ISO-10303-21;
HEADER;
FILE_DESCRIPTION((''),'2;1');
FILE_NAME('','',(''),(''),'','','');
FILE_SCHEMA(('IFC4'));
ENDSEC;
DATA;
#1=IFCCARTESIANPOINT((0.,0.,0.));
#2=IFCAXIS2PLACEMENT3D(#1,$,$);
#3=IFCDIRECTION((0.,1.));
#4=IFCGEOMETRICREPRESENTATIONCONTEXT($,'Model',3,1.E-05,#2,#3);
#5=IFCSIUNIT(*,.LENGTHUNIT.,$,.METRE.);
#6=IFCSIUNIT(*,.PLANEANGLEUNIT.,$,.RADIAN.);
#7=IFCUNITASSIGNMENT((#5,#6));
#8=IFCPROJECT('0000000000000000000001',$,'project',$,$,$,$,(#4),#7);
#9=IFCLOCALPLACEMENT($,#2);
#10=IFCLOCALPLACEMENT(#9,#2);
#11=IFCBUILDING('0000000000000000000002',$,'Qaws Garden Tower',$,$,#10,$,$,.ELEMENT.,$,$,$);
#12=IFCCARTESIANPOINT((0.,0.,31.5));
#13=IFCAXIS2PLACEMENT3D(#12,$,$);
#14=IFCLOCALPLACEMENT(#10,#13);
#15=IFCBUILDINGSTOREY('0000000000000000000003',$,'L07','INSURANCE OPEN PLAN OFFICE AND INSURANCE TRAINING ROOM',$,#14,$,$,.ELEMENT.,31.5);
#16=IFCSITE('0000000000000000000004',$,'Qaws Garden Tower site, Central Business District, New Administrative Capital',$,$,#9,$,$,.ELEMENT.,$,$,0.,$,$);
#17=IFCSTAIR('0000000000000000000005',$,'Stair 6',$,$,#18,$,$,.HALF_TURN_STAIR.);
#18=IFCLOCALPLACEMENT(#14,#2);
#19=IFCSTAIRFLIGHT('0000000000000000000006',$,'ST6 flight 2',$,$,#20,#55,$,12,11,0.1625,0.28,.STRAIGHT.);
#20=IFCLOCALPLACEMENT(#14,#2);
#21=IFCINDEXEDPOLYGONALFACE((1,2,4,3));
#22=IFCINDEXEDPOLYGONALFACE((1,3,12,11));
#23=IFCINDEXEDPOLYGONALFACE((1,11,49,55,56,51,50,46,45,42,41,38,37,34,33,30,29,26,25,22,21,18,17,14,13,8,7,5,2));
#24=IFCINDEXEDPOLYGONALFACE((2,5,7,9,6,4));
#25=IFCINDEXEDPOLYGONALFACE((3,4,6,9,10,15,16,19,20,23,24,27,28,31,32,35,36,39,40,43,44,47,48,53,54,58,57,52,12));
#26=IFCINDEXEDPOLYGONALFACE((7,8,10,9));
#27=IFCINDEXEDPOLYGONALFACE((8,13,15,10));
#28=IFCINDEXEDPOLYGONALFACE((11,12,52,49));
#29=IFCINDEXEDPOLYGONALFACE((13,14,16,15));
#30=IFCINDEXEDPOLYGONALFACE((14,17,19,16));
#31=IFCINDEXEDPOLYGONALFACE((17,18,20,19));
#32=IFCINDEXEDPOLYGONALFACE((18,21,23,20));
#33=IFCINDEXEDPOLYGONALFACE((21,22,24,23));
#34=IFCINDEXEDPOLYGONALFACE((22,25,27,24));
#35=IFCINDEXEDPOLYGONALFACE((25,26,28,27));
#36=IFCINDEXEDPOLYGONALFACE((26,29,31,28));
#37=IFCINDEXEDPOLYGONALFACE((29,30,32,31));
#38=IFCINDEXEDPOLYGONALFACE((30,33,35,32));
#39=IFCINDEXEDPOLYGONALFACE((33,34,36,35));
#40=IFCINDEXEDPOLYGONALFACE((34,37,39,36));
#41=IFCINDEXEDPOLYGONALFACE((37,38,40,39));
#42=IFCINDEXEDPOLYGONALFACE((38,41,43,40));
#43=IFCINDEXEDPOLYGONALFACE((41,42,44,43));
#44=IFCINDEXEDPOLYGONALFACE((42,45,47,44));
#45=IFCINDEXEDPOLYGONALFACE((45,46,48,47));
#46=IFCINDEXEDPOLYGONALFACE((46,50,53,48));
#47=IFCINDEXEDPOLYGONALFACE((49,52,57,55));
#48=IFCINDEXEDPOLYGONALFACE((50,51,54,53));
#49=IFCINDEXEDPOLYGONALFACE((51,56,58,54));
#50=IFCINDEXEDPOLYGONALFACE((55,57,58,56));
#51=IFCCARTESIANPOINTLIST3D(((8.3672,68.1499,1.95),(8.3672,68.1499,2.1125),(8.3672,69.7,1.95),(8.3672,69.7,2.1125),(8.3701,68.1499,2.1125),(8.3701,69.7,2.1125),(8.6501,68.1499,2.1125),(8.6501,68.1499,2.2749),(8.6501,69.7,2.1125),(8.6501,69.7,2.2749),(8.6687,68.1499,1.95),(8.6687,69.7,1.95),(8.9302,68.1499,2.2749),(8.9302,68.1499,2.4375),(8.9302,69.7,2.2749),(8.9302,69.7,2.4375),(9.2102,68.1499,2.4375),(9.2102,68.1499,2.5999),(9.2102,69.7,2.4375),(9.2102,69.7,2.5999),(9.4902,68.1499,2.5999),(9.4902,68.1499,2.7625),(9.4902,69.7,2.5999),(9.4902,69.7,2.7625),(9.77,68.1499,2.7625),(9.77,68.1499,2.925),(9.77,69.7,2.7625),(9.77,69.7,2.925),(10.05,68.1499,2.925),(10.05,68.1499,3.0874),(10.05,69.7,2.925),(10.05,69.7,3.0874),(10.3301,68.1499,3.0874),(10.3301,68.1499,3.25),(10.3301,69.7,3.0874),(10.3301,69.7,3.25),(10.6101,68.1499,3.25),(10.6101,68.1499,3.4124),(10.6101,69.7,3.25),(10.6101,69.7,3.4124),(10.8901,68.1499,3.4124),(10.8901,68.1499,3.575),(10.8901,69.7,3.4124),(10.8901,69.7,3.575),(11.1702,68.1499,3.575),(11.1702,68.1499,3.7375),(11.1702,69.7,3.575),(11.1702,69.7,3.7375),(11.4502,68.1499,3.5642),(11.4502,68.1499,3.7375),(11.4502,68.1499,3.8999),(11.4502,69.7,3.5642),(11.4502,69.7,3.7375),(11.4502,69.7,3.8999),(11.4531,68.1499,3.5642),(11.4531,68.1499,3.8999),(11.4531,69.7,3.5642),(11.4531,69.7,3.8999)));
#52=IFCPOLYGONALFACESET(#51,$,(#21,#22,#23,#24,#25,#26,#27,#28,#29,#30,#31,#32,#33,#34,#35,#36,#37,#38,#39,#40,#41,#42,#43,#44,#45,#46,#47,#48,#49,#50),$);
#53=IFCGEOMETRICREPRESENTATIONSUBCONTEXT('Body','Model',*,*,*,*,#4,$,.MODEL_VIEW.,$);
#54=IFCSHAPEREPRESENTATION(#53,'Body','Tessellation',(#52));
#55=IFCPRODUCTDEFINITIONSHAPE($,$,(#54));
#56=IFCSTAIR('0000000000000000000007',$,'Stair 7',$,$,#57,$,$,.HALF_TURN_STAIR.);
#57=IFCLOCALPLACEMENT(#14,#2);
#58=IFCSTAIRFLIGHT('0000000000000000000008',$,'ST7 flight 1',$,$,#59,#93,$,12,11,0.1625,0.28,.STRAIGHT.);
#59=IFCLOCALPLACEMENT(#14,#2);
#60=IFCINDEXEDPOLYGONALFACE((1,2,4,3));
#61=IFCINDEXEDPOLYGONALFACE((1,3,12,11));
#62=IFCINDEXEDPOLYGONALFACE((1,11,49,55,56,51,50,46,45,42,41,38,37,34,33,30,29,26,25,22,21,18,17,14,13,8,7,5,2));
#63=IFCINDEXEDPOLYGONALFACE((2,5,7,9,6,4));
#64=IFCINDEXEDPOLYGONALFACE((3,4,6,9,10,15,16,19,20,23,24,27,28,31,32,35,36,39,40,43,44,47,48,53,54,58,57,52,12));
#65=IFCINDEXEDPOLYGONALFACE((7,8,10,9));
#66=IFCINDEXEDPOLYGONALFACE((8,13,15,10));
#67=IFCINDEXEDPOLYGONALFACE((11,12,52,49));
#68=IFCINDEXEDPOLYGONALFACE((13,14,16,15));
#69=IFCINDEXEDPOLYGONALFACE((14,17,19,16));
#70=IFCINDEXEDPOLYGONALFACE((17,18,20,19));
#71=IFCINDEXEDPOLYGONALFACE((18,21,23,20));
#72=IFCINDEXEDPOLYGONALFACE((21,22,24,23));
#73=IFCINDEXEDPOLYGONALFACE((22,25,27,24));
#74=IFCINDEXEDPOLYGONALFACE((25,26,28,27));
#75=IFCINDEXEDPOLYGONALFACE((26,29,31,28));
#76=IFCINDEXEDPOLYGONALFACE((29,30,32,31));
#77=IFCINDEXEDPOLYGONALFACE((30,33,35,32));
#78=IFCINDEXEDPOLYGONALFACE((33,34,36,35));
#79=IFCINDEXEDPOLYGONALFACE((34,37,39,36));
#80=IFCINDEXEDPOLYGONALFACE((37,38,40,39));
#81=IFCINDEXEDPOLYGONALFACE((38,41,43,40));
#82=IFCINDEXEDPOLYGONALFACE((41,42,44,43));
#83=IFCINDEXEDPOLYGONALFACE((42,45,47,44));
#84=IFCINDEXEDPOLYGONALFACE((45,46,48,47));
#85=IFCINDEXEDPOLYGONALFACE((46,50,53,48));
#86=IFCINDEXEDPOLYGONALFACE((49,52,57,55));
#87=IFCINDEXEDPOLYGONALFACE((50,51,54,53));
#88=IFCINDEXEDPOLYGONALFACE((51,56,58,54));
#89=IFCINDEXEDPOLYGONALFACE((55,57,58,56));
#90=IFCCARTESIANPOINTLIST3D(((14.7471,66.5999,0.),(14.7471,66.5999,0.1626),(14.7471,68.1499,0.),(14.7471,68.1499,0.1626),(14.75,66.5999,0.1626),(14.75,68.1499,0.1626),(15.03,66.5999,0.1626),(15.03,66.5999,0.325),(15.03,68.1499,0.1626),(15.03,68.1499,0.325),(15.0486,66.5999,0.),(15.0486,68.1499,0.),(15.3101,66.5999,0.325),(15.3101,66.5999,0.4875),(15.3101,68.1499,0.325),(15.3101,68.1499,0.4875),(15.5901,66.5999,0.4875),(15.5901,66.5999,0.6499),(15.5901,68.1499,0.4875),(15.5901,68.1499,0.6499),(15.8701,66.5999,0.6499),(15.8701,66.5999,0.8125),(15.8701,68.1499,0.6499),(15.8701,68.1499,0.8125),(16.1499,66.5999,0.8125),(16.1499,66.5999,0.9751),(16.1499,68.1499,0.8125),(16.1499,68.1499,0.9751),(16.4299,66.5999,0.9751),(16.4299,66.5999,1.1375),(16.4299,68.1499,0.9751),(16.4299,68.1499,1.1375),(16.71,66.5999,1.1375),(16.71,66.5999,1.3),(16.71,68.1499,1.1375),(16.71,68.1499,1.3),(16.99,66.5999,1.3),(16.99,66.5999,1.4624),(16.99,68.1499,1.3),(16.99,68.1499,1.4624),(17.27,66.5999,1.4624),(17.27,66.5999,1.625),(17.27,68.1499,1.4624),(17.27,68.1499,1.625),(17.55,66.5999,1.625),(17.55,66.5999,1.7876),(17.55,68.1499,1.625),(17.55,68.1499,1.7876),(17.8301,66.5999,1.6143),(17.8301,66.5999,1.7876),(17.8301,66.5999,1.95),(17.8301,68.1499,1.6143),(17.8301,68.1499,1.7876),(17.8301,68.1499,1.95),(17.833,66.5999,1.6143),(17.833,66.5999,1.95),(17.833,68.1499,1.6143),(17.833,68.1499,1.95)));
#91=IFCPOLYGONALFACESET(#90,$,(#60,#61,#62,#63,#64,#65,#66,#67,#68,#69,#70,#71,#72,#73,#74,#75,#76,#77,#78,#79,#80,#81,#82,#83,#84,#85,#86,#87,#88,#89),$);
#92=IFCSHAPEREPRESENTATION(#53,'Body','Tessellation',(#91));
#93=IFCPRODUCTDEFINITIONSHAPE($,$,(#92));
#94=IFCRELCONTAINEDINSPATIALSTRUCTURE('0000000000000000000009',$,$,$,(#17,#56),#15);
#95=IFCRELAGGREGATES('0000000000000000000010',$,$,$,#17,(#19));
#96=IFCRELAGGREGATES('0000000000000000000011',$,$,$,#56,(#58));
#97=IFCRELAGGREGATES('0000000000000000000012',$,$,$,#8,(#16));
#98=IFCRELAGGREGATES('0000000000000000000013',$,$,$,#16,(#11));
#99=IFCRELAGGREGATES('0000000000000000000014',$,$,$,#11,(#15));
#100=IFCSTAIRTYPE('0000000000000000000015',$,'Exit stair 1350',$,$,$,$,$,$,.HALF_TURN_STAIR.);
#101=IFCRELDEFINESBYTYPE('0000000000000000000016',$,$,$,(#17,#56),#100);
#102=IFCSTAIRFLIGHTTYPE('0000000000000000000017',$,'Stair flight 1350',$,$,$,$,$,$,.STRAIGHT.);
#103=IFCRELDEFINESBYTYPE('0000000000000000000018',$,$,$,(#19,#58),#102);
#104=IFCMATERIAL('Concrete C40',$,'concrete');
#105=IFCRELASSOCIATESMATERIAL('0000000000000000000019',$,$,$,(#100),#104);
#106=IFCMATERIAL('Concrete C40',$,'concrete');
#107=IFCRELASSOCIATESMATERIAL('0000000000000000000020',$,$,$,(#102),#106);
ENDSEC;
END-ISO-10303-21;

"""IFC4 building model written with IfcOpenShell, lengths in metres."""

from ifc_helpers import new_model, si_unit, direction, frame, origin, place, context, subcontext, project, spatial, polyline, outline, extrude, material, type_object, element, aggregate, save


model = new_model("IFC4")

# Units and contexts
model_context = context("Model", 3, precision=1e-05, world=origin(), true_north=direction((0.0, 1.0)))
body_context = subcontext(model_context, "Body", "Model", "MODEL_VIEW")
ifc_project = project(units=[si_unit("LENGTHUNIT", "METRE"), si_unit("PLANEANGLEUNIT", "RADIAN")], contexts=[model_context])

# Site, building, storey
site_placement = place(None, origin())
site = spatial("IfcSite", under=ifc_project, at=site_placement, Name="Qaws Garden Tower site, Central Business District, New Administrative Capital", CompositionType="ELEMENT", RefElevation=0.0)
building_placement = place(site_placement, origin())
building = spatial("IfcBuilding", under=site, at=building_placement, Name="Qaws Garden Tower", CompositionType="ELEMENT")
storey_placement = place(building_placement, frame((0.0, 0.0, 31.5)))
storey = spatial("IfcBuildingStorey", under=building, at=storey_placement, Name="L07", Description="INSURANCE OPEN PLAN OFFICE AND INSURANCE TRAINING ROOM", CompositionType="ELEMENT", Elevation=31.5)

# Stair, stair flight
ifc_material_1 = material(Name="Concrete C40", Category="concrete")
stair_type = type_object("IfcStairType", Name="Exit stair 1350", PredefinedType="HALF_TURN_STAIR", material=ifc_material_1)
placement = place(storey_placement, origin())
stair_1 = element("IfcStair", 1, at=placement, inside=storey, type_object=stair_type, Name="Stair 6", PredefinedType="HALF_TURN_STAIR")
ifc_material_2 = material(Name="Concrete C40", Category="concrete")
stair_flight_type = type_object("IfcStairFlightType", Name="Stair flight 1350", PredefinedType="STRAIGHT", material=ifc_material_2)
stair_flight_1_placement = place(storey_placement, frame((8.3701, 68.925, 1.95), z_axis=(0.0, 0.0, 1.0), x_axis=(1.0, 0.0, 0.0)))
stair_flight_1 = element("IfcStairFlight", 2, at=stair_flight_1_placement, type_object=stair_flight_type, Name="ST6 flight 2", NumberOfRisers=12, NumberOfTreads=11, PredefinedType="STRAIGHT", RiserHeight=0.1625, TreadLength=0.28, context=body_context, shape_type="SweptSolid", body=[
    extrude(outline(polyline([(-0.0029, 0.0), (-0.0029, 0.1626), (0.0, 0.1626), (0.28, 0.1626), (0.28, 0.325), (0.5601, 0.325), (0.5601, 0.4875), (0.8401, 0.4875), (0.8401, 0.6499), (1.1201, 0.6499), (1.1201, 0.8125), (1.3999, 0.8125), (1.3999, 0.9751), (1.6799, 0.9751), (1.6799, 1.1375), (1.96, 1.1375), (1.96, 1.3), (2.24, 1.3), (2.24, 1.4624), (2.52, 1.4624), (2.52, 1.625), (2.8, 1.625), (2.8, 1.7876), (3.0801, 1.7876), (3.0801, 1.95), (3.083, 1.95), (3.083, 1.6143), (3.0801, 1.6143), (0.2986, 0.0), (-0.0029, 0.0)])), frame((0.0, 0.7749, 0.0), z_axis=(0.0, -1.0, 0.0), x_axis=(1.0, 0.0, 0.0)), (0.0, 0.0, 1.0), 1.55),
])
aggregate(stair_1, [stair_flight_1])

# Stair, stair flight
stair_2 = element("IfcStair", 3, at=placement, inside=storey, type_object=stair_type, Name="Stair 7", PredefinedType="HALF_TURN_STAIR")
stair_flight_2_placement = place(storey_placement, frame((14.75, 67.375, 0.0), z_axis=(0.0, 0.0, 1.0), x_axis=(1.0, 0.0, 0.0)))
stair_flight_2 = element("IfcStairFlight", 4, at=stair_flight_2_placement, type_object=stair_flight_type, Name="ST7 flight 1", NumberOfRisers=12, NumberOfTreads=11, PredefinedType="STRAIGHT", RiserHeight=0.1625, TreadLength=0.28, context=body_context, shape_type="SweptSolid", body=[
    extrude(outline(polyline([(-0.0029, 0.0), (-0.0029, 0.1626), (0.0, 0.1626), (0.28, 0.1626), (0.28, 0.325), (0.5601, 0.325), (0.5601, 0.4875), (0.8401, 0.4875), (0.8401, 0.6499), (1.1201, 0.6499), (1.1201, 0.8125), (1.3999, 0.8125), (1.3999, 0.9751), (1.6799, 0.9751), (1.6799, 1.1375), (1.96, 1.1375), (1.96, 1.3), (2.24, 1.3), (2.24, 1.4624), (2.52, 1.4624), (2.52, 1.625), (2.8, 1.625), (2.8, 1.7876), (3.0801, 1.7876), (3.0801, 1.95), (3.083, 1.95), (3.083, 1.6143), (3.0801, 1.6143), (0.2986, 0.0), (-0.0029, 0.0)])), frame((0.0, 0.7749, 0.0), z_axis=(0.0, -1.0, 0.0), x_axis=(1.0, 0.0, 0.0)), (0.0, 0.0, 1.0), 1.55),
])
aggregate(stair_2, [stair_flight_2])

save(model, "model.ifc")
